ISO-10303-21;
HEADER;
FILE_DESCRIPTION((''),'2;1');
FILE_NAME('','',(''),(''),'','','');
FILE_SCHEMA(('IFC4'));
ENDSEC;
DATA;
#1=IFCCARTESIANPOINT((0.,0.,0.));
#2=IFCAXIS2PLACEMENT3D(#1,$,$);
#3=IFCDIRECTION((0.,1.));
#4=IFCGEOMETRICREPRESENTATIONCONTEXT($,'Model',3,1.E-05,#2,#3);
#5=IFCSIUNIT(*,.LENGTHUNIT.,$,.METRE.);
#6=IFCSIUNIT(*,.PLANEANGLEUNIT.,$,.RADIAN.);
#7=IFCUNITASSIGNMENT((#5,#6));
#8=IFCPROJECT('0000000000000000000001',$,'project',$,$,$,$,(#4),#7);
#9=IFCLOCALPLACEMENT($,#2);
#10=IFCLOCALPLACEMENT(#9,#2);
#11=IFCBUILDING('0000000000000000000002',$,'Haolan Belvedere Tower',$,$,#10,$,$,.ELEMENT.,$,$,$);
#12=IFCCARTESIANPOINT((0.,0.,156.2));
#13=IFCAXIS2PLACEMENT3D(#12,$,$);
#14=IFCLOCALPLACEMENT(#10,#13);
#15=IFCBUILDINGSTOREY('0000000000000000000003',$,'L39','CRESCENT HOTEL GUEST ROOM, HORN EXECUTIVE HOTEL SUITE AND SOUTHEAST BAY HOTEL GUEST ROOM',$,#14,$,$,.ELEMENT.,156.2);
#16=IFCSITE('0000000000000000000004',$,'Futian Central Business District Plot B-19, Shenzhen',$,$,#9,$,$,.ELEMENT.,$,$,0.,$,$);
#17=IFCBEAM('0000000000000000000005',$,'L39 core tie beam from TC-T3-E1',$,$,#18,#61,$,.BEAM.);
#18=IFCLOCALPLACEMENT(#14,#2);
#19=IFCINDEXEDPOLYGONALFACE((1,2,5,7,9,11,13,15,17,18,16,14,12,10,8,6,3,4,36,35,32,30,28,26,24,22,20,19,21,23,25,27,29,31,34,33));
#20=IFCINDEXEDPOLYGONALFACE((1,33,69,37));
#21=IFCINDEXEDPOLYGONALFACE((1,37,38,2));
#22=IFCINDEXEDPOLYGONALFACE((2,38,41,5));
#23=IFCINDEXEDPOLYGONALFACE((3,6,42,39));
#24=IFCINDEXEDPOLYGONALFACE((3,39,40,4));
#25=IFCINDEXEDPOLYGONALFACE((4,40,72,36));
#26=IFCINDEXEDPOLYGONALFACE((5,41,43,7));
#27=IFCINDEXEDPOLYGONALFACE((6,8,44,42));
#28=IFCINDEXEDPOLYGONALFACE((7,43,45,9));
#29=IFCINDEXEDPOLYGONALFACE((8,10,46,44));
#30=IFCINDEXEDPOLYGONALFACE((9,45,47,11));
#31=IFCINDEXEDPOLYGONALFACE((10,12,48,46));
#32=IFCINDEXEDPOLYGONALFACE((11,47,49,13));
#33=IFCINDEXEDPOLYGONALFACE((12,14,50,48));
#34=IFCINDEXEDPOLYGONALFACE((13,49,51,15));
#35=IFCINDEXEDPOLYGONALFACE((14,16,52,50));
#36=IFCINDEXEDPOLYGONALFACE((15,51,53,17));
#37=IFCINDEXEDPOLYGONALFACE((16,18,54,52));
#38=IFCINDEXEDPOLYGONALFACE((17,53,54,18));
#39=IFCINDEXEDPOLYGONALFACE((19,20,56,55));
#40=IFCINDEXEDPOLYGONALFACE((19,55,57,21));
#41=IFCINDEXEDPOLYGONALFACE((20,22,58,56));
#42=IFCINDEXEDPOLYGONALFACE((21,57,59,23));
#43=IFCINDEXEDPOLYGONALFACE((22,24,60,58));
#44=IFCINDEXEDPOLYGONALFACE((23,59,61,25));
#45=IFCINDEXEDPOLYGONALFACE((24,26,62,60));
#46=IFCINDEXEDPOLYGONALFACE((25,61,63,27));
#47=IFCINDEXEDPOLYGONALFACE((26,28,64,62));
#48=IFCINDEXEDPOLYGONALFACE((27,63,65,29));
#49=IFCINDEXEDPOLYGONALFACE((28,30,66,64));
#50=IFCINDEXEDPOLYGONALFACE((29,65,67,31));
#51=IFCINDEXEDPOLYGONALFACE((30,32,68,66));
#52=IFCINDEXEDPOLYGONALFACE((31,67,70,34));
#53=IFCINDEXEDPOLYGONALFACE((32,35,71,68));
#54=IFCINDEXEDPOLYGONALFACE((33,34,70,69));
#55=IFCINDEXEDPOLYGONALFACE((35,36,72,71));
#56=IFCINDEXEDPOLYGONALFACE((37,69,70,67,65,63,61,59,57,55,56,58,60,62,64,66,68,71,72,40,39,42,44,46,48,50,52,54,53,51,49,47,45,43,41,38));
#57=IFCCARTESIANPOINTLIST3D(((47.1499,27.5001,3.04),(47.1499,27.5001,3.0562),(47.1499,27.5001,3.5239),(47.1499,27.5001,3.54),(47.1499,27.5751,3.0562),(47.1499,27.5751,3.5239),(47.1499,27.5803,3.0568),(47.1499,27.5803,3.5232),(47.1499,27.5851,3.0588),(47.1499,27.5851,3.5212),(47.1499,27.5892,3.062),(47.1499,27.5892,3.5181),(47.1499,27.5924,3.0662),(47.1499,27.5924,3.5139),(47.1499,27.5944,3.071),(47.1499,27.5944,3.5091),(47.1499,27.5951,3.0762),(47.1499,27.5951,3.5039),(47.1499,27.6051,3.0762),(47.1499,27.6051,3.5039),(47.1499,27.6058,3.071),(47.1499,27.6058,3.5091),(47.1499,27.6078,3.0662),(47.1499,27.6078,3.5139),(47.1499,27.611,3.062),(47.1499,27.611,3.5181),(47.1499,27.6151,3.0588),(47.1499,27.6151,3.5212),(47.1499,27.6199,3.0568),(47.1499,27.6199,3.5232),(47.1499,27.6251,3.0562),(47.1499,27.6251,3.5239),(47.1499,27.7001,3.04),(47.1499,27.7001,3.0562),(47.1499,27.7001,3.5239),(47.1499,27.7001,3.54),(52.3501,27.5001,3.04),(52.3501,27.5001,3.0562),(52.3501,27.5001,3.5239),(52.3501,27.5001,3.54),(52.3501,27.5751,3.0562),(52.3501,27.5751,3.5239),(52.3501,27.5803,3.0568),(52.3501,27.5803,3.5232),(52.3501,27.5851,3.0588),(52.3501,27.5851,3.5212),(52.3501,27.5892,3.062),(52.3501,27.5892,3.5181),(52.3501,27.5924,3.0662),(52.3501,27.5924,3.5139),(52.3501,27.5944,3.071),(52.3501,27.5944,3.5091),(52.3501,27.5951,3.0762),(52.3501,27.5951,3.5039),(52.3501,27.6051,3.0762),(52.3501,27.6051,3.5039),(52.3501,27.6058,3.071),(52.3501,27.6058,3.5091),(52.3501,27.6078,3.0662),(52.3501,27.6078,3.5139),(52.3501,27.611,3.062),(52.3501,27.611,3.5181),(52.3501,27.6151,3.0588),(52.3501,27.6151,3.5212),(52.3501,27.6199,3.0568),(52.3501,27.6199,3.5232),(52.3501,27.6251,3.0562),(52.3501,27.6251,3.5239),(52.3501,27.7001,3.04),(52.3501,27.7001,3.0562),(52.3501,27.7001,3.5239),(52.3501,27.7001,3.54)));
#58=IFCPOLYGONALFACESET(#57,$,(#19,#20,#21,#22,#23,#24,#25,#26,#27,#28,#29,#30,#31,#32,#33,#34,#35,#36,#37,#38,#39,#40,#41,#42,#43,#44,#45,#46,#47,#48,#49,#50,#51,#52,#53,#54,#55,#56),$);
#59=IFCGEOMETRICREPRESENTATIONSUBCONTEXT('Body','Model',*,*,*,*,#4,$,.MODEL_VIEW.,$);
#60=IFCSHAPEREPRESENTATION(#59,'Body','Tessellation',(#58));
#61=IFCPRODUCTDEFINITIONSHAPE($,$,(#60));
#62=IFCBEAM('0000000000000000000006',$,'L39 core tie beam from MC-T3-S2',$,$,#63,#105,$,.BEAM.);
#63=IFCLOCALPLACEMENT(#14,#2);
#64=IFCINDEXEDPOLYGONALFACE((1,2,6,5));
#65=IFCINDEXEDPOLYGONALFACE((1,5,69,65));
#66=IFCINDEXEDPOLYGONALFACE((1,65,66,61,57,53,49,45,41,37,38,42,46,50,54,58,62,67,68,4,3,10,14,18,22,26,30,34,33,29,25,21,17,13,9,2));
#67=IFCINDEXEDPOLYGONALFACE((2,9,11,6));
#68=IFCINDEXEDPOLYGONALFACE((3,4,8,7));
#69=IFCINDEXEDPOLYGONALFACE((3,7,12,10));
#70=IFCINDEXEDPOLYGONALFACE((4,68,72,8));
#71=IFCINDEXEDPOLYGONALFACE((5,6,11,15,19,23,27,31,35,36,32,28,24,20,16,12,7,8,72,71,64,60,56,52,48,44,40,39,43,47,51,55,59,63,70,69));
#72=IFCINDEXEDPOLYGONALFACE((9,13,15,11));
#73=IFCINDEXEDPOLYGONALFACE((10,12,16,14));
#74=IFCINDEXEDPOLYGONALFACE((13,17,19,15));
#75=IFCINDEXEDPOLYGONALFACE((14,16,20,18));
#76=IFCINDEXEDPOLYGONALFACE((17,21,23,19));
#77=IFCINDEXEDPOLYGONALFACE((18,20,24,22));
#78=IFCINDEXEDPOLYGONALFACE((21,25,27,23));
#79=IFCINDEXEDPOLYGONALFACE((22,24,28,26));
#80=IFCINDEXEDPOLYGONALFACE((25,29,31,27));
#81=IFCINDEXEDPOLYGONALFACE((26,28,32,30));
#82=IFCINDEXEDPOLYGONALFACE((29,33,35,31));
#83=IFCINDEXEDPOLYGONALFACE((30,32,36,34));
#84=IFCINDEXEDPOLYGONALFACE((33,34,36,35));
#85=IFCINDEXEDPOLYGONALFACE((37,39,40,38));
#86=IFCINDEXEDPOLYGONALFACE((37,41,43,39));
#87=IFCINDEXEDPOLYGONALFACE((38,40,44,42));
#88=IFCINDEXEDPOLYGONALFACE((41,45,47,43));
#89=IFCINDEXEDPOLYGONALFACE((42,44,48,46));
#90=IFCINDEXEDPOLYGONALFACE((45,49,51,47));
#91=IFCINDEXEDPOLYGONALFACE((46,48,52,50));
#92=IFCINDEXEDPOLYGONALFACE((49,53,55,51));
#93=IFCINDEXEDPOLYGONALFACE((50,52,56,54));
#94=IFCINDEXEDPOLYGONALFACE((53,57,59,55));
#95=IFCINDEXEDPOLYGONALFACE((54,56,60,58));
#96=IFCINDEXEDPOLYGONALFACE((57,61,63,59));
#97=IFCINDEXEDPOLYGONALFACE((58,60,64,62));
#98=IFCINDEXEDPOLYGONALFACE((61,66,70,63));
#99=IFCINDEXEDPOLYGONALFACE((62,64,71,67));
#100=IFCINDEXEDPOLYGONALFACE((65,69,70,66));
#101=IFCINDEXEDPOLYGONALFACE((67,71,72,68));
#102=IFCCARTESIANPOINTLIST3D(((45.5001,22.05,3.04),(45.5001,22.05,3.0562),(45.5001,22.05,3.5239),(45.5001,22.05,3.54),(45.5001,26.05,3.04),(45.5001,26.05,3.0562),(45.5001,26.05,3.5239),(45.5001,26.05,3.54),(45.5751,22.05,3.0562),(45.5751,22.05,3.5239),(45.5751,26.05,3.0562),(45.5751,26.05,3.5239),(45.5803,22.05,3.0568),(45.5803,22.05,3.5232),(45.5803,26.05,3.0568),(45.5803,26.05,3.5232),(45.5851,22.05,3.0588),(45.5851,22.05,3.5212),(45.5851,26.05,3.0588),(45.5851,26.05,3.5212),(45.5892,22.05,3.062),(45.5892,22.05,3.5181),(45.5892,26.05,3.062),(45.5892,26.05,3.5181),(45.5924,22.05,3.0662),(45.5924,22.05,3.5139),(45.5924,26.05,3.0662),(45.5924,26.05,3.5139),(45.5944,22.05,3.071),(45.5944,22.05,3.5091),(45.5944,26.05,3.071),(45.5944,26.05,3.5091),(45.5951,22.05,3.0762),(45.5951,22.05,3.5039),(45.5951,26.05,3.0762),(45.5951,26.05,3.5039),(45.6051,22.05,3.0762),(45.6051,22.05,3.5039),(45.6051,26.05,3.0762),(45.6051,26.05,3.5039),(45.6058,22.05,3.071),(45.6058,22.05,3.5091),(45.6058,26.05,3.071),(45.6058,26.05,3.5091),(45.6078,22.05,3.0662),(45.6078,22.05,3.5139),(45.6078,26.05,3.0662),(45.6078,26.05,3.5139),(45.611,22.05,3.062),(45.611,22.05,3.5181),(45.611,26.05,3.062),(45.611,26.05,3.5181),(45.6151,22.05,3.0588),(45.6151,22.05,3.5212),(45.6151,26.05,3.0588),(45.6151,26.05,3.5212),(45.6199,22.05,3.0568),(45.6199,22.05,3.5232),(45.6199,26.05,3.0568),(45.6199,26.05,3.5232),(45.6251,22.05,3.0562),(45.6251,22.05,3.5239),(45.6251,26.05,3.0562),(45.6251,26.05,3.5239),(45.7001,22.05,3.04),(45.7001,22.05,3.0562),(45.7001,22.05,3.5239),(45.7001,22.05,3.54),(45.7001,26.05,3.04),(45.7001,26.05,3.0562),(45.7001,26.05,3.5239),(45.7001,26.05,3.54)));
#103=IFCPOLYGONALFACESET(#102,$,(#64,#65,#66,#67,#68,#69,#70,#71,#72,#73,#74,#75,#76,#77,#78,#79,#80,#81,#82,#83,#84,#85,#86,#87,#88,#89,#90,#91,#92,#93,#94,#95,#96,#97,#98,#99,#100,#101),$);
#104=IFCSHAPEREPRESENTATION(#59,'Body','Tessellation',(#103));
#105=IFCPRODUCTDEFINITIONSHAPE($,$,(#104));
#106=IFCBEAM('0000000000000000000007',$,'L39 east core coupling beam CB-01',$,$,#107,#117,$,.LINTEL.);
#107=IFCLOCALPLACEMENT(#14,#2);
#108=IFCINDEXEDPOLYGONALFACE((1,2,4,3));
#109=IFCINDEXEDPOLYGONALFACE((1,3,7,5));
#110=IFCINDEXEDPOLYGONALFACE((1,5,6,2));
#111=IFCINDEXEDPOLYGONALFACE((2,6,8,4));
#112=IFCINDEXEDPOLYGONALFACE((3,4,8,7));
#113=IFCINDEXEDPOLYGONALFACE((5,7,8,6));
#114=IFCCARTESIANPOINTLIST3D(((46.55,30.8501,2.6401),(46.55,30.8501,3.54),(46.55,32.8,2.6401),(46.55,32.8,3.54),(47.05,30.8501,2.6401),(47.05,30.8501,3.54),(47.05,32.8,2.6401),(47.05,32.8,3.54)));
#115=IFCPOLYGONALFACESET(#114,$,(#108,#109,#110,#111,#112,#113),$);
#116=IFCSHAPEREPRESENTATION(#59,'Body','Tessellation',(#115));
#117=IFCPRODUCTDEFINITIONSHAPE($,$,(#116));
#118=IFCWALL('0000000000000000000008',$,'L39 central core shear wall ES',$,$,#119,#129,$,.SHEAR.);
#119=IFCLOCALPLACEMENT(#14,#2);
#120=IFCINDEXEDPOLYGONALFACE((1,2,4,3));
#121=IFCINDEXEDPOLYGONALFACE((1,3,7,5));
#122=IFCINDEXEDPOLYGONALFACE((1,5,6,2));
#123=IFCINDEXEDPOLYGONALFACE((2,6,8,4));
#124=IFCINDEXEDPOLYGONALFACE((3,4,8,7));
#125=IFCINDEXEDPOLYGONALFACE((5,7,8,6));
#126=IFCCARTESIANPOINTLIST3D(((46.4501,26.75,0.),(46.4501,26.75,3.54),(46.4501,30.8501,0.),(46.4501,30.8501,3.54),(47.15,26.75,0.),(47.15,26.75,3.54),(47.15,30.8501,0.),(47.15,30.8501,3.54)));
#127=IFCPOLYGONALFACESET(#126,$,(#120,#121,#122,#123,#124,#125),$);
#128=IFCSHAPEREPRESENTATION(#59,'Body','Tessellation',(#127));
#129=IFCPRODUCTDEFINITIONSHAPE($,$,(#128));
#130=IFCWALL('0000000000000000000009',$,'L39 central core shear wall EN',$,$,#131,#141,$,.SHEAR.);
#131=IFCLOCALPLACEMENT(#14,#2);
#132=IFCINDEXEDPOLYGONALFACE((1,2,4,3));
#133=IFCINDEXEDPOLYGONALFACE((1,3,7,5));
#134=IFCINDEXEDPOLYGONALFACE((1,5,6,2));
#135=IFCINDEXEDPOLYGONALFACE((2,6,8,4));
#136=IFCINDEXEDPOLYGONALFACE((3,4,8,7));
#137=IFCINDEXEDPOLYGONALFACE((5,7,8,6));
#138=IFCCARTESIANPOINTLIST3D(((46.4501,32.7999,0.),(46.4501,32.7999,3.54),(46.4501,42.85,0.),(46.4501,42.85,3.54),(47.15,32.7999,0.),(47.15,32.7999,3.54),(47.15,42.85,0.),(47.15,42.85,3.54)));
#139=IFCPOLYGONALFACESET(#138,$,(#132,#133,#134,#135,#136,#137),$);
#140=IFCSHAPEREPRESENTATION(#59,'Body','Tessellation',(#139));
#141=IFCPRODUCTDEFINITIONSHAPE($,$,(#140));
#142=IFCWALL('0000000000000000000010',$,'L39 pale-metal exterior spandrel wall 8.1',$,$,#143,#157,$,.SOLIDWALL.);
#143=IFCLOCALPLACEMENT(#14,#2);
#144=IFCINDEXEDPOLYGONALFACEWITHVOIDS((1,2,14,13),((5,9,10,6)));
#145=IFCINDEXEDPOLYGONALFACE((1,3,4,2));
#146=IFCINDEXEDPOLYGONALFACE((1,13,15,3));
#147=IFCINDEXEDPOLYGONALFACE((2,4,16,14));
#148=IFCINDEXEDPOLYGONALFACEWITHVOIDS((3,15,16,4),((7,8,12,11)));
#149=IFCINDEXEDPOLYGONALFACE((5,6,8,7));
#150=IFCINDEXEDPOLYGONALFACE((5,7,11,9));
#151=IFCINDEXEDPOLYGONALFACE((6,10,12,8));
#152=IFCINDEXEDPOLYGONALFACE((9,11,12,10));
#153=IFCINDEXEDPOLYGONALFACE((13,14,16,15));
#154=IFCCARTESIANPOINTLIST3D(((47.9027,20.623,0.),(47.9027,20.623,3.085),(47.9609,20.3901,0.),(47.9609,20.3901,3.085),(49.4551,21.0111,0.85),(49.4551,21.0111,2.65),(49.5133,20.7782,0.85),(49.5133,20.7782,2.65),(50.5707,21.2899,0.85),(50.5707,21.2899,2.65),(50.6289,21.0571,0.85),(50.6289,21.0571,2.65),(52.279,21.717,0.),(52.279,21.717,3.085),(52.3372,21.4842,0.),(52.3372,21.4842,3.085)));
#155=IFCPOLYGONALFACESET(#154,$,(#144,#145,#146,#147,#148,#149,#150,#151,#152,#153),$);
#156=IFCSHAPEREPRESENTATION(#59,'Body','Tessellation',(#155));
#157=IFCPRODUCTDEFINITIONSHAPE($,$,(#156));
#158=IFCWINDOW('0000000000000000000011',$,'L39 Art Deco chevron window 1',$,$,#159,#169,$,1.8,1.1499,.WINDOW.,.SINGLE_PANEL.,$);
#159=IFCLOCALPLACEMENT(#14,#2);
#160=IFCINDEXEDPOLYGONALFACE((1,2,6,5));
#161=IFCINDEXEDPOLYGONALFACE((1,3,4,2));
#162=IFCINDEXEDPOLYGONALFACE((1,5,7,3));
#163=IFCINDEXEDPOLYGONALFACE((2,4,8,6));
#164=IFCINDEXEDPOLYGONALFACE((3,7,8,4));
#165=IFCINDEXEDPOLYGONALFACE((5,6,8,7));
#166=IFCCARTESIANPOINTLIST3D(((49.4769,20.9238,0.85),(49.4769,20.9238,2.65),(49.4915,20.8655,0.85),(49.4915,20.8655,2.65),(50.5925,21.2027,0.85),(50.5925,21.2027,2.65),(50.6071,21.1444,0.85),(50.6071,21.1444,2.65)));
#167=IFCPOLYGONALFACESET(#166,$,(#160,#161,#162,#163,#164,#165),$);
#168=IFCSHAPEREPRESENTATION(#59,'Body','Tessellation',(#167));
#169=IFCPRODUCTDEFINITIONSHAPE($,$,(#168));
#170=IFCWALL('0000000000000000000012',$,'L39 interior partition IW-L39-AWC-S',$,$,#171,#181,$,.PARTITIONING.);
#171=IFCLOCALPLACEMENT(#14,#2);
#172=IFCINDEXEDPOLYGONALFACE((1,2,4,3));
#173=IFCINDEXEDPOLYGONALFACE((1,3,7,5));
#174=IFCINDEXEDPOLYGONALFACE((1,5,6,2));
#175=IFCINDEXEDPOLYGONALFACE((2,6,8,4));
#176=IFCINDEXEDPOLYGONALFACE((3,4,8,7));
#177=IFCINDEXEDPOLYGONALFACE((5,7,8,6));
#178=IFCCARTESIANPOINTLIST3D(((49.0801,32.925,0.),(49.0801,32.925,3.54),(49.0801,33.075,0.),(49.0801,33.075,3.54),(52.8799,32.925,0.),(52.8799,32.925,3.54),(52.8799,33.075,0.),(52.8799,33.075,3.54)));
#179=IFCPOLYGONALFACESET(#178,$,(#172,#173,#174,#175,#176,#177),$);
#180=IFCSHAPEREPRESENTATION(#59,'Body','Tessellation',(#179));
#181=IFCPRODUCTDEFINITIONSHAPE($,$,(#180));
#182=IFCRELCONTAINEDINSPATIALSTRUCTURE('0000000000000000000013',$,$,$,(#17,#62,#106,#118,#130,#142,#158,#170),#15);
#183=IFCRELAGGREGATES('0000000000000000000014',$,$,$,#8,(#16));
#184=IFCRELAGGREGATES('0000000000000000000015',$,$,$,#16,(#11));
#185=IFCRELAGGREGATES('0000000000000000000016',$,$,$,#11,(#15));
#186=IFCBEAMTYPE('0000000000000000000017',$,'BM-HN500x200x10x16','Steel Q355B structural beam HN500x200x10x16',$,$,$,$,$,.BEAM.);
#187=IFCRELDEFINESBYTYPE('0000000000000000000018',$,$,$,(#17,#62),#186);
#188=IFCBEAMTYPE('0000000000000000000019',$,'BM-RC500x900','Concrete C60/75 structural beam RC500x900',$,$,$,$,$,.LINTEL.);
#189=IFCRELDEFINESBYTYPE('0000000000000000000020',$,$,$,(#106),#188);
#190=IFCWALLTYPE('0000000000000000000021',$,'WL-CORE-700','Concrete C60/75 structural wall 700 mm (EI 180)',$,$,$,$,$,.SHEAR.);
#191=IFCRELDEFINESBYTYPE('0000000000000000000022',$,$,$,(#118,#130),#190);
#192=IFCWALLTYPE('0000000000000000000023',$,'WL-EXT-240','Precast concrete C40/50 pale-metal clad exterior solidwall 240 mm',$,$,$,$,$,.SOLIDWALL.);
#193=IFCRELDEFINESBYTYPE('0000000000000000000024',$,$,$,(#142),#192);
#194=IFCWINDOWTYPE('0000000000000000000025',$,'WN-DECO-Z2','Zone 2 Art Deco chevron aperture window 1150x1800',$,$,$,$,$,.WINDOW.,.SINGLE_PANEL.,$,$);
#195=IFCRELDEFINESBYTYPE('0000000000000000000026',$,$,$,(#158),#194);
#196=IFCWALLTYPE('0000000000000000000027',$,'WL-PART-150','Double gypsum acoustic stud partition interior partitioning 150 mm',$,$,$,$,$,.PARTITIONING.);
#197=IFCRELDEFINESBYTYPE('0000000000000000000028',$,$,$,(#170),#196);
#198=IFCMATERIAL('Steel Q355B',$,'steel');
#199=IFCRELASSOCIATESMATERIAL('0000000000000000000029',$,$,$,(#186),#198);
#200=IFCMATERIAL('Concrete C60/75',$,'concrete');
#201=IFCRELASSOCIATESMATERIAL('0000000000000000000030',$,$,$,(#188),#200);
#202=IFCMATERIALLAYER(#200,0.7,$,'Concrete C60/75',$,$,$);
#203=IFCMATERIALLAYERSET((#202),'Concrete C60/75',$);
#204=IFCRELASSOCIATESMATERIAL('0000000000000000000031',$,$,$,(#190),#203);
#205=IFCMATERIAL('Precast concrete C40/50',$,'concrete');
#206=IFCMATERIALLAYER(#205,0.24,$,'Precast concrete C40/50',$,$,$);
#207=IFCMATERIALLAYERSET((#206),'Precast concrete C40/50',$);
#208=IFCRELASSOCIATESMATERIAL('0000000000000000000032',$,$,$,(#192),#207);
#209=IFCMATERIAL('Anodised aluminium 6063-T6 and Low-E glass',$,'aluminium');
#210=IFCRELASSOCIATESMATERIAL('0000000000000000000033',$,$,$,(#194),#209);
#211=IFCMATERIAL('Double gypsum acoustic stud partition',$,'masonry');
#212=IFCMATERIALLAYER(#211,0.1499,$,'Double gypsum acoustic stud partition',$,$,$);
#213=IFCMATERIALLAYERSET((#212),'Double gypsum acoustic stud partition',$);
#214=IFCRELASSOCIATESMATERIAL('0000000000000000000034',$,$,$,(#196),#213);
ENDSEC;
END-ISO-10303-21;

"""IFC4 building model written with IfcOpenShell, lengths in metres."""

from ifc_helpers import new_model, si_unit, direction, frame, frame_2d, origin, origin_2d, place, context, subcontext, project, spatial, rectangle, i_section, extrude, material, layer, layer_set, material_profile, profile_set, type_object, element, fill, save


model = new_model("IFC4")

# Units and contexts
model_context = context("Model", 3, precision=1e-05, world=origin(), true_north=direction((0.0, 1.0)))
body_context = subcontext(model_context, "Body", "Model", "MODEL_VIEW")
ifc_project = project(units=[si_unit("LENGTHUNIT", "METRE"), si_unit("PLANEANGLEUNIT", "RADIAN")], contexts=[model_context])

# Site, building, storey
site_placement = place(None, origin())
site = spatial("IfcSite", under=ifc_project, at=site_placement, Name="Futian Central Business District Plot B-19, Shenzhen", CompositionType="ELEMENT", RefElevation=0.0)
building_placement = place(site_placement, origin())
building = spatial("IfcBuilding", under=site, at=building_placement, Name="Haolan Belvedere Tower", CompositionType="ELEMENT")
storey_placement = place(building_placement, frame((0.0, 0.0, 156.2)))
storey = spatial("IfcBuildingStorey", under=building, at=storey_placement, Name="L39", Description="CRESCENT HOTEL GUEST ROOM, HORN EXECUTIVE HOTEL SUITE AND SOUTHEAST BAY HOTEL GUEST ROOM", CompositionType="ELEMENT", Elevation=156.2)

# Beams
ifc_material_1 = material(Name="Steel Q355B", Category="steel")
ifc_material_profile_1 = material_profile(ifc_material_1, i_section(OverallWidth=0.2, OverallDepth=0.5, WebThickness=0.01, FlangeThickness=0.0161, FilletRadius=0.02, at=origin_2d()), Name="Steel Q355B")
ifc_profile_set_1 = profile_set([ifc_material_profile_1], Name="Steel Q355B")
beam_type_1 = type_object("IfcBeamType", Name="BM-HN500x200x10x16", Description="Steel Q355B structural beam HN500x200x10x16", PredefinedType="BEAM", material=ifc_profile_set_1)
for number, where, z_axis, x_axis, name in (
    (1, (52.3501, 27.6001, 3.29), (-1.0, 0.0, 0.0), (0.0, -1.0, 0.0), "L39 core tie beam from TC-T3-E1"),
):
    element("IfcBeam", number, at=place(storey_placement, frame(where, z_axis=z_axis, x_axis=x_axis)), inside=storey, type_object=beam_type_1, Name=name, PredefinedType="BEAM", context=body_context, shape_type="SweptSolid", body=[
        extrude(i_section(OverallWidth=0.2, OverallDepth=0.5, WebThickness=0.01, FlangeThickness=0.0161, FilletRadius=0.02, at=origin_2d()), origin(), (0.0, 0.0, 1.0), 5.2002),
    ])
beam_1_placement = place(storey_placement, frame((45.6001, 22.05, 3.29), z_axis=(0.0, 1.0, 0.0), x_axis=(-1.0, 0.0, 0.0)))
element("IfcBeam", 2, at=beam_1_placement, inside=storey, type_object=beam_type_1, Name="L39 core tie beam from MC-T3-S2", PredefinedType="BEAM", context=body_context, shape_type="SweptSolid", body=[
    extrude(i_section(OverallWidth=0.2, OverallDepth=0.5, WebThickness=0.01, FlangeThickness=0.0161, FilletRadius=0.02, at=origin_2d()), origin(), (0.0, 0.0, 1.0), 4.0),
])
ifc_material_2 = material(Name="Concrete C60/75", Category="concrete")
ifc_material_profile_2 = material_profile(ifc_material_2, rectangle(XDim=0.5, YDim=0.8999, at=origin_2d()), Name="Concrete C60/75")
ifc_profile_set_2 = profile_set([ifc_material_profile_2], Name="Concrete C60/75")
beam_type_2 = type_object("IfcBeamType", Name="BM-RC500x900", Description="Concrete C60/75 structural beam RC500x900", PredefinedType="LINTEL", material=ifc_profile_set_2)
beam_2_placement = place(storey_placement, frame((46.8, 30.8501, 3.0901), z_axis=(0.0, 1.0, 0.0), x_axis=(-1.0, 0.0, 0.0)))
element("IfcBeam", 3, at=beam_2_placement, inside=storey, type_object=beam_type_2, Name="L39 east core coupling beam CB-01", PredefinedType="LINTEL", context=body_context, shape_type="SweptSolid", body=[
    extrude(rectangle(XDim=0.5, YDim=0.8999, at=origin_2d()), origin(), (0.0, 0.0, 1.0), 1.95),
])

# Walls
ifc_layer_1 = layer(ifc_material_2, 0.7, Name="Concrete C60/75")
ifc_layer_set_1 = layer_set([ifc_layer_1], Name="Concrete C60/75")
wall_type_1 = type_object("IfcWallType", Name="WL-CORE-700", Description="Concrete C60/75 structural wall 700 mm (EI 180)", PredefinedType="SHEAR", material=ifc_layer_set_1)
wall_1_placement = place(storey_placement, frame((46.8, 26.75, 0.0), z_axis=(0.0, 0.0, 1.0), x_axis=(0.0, 1.0, 0.0)))
element("IfcWall", 4, at=wall_1_placement, inside=storey, type_object=wall_type_1, Name="L39 central core shear wall ES", PredefinedType="SHEAR", context=body_context, shape_type="SweptSolid", body=[
    extrude(rectangle(XDim=4.1001, YDim=0.7, at=frame_2d((2.05, 0.0))), origin(), (0.0, 0.0, 1.0), 3.54),
])
wall_2_placement = place(storey_placement, frame((46.8, 32.8, 0.0), z_axis=(0.0, 0.0, 1.0), x_axis=(0.0, 1.0, 0.0)))
element("IfcWall", 5, at=wall_2_placement, inside=storey, type_object=wall_type_1, Name="L39 central core shear wall EN", PredefinedType="SHEAR", context=body_context, shape_type="SweptSolid", body=[
    extrude(rectangle(XDim=10.05, YDim=0.7, at=frame_2d((5.0249, 0.0))), origin(), (0.0, 0.0, 1.0), 3.54),
])

# Wall, opening, window
ifc_material_3 = material(Name="Precast concrete C40/50", Category="concrete")
ifc_layer_2 = layer(ifc_material_3, 0.24, Name="Precast concrete C40/50")
ifc_layer_set_2 = layer_set([ifc_layer_2], Name="Precast concrete C40/50")
wall_type_2 = type_object("IfcWallType", Name="WL-EXT-240", Description="Precast concrete C40/50 pale-metal clad exterior solidwall 240 mm", PredefinedType="SOLIDWALL", material=ifc_layer_set_2)
wall_3_placement = place(storey_placement, frame((47.9319, 20.5066, 0.0), z_axis=(0.0, 0.0, 1.0), x_axis=(0.970146, 0.242523, 0.0)))
wall_3 = element("IfcWall", 6, at=wall_3_placement, inside=storey, type_object=wall_type_2, Name="L39 pale-metal exterior spandrel wall 8.1", PredefinedType="SOLIDWALL", context=body_context, shape_type="SweptSolid", body=[
    extrude(rectangle(XDim=4.511, YDim=0.24, at=frame_2d((2.2554, 0.0))), origin(), (0.0, 0.0, 1.0), 3.085),
])
opening_1_placement = place(wall_3_placement, frame((1.6001, 0.0, 0.8501)))
opening_1 = element("IfcOpeningElement", 7, at=opening_1_placement, cuts=wall_3, PredefinedType="OPENING", context=body_context, shape_type="SweptSolid", body=[
    extrude(rectangle(XDim=1.1499, YDim=1.8, at=frame_2d((0.575, 0.8999))), frame((0.0, 0.1299, 0.0), z_axis=(0.0, -1.0, 0.0), x_axis=(1.0, 0.0, 0.0)), (0.0, 0.0, 1.0), 0.26),
])
ifc_material_4 = material(Name="Anodised aluminium 6063-T6 and Low-E glass", Category="aluminium")
window_type = type_object("IfcWindowType", Name="WN-DECO-Z2", Description="Zone 2 Art Deco chevron aperture window 1150x1800", PartitioningType="SINGLE_PANEL", PredefinedType="WINDOW", material=ifc_material_4)
window_placement = place(opening_1_placement, origin())
window = element("IfcWindow", 8, at=window_placement, inside=storey, type_object=window_type, Name="L39 Art Deco chevron window 1", OverallHeight=1.8, OverallWidth=1.1499, PartitioningType="SINGLE_PANEL", PredefinedType="WINDOW", context=body_context, shape_type="SweptSolid", body=[
    extrude(rectangle(XDim=1.1499, YDim=1.8, at=frame_2d((0.575, 0.8999))), frame((0.0, 0.03, 0.0), z_axis=(0.0, -1.0, 0.0), x_axis=(1.0, 0.0, 0.0)), (0.0, 0.0, 1.0), 0.0601),
])
fill(opening_1, window)

# Wall
ifc_material_5 = material(Name="Double gypsum acoustic stud partition", Category="masonry")
ifc_layer_3 = layer(ifc_material_5, 0.1499, Name="Double gypsum acoustic stud partition")
ifc_layer_set_3 = layer_set([ifc_layer_3], Name="Double gypsum acoustic stud partition")
wall_type_3 = type_object("IfcWallType", Name="WL-PART-150", Description="Double gypsum acoustic stud partition interior partitioning 150 mm", PredefinedType="PARTITIONING", material=ifc_layer_set_3)
wall_4_placement = place(storey_placement, frame((49.0801, 33.0, 0.0), z_axis=(0.0, 0.0, 1.0), x_axis=(1.0, 0.0, 0.0)))
element("IfcWall", 9, at=wall_4_placement, inside=storey, type_object=wall_type_3, Name="L39 interior partition IW-L39-AWC-S", PredefinedType="PARTITIONING", context=body_context, shape_type="SweptSolid", body=[
    extrude(rectangle(XDim=3.7998, YDim=0.1499, at=frame_2d((1.8999, 0.0))), origin(), (0.0, 0.0, 1.0), 3.54),
])

save(model, "model.ifc")
